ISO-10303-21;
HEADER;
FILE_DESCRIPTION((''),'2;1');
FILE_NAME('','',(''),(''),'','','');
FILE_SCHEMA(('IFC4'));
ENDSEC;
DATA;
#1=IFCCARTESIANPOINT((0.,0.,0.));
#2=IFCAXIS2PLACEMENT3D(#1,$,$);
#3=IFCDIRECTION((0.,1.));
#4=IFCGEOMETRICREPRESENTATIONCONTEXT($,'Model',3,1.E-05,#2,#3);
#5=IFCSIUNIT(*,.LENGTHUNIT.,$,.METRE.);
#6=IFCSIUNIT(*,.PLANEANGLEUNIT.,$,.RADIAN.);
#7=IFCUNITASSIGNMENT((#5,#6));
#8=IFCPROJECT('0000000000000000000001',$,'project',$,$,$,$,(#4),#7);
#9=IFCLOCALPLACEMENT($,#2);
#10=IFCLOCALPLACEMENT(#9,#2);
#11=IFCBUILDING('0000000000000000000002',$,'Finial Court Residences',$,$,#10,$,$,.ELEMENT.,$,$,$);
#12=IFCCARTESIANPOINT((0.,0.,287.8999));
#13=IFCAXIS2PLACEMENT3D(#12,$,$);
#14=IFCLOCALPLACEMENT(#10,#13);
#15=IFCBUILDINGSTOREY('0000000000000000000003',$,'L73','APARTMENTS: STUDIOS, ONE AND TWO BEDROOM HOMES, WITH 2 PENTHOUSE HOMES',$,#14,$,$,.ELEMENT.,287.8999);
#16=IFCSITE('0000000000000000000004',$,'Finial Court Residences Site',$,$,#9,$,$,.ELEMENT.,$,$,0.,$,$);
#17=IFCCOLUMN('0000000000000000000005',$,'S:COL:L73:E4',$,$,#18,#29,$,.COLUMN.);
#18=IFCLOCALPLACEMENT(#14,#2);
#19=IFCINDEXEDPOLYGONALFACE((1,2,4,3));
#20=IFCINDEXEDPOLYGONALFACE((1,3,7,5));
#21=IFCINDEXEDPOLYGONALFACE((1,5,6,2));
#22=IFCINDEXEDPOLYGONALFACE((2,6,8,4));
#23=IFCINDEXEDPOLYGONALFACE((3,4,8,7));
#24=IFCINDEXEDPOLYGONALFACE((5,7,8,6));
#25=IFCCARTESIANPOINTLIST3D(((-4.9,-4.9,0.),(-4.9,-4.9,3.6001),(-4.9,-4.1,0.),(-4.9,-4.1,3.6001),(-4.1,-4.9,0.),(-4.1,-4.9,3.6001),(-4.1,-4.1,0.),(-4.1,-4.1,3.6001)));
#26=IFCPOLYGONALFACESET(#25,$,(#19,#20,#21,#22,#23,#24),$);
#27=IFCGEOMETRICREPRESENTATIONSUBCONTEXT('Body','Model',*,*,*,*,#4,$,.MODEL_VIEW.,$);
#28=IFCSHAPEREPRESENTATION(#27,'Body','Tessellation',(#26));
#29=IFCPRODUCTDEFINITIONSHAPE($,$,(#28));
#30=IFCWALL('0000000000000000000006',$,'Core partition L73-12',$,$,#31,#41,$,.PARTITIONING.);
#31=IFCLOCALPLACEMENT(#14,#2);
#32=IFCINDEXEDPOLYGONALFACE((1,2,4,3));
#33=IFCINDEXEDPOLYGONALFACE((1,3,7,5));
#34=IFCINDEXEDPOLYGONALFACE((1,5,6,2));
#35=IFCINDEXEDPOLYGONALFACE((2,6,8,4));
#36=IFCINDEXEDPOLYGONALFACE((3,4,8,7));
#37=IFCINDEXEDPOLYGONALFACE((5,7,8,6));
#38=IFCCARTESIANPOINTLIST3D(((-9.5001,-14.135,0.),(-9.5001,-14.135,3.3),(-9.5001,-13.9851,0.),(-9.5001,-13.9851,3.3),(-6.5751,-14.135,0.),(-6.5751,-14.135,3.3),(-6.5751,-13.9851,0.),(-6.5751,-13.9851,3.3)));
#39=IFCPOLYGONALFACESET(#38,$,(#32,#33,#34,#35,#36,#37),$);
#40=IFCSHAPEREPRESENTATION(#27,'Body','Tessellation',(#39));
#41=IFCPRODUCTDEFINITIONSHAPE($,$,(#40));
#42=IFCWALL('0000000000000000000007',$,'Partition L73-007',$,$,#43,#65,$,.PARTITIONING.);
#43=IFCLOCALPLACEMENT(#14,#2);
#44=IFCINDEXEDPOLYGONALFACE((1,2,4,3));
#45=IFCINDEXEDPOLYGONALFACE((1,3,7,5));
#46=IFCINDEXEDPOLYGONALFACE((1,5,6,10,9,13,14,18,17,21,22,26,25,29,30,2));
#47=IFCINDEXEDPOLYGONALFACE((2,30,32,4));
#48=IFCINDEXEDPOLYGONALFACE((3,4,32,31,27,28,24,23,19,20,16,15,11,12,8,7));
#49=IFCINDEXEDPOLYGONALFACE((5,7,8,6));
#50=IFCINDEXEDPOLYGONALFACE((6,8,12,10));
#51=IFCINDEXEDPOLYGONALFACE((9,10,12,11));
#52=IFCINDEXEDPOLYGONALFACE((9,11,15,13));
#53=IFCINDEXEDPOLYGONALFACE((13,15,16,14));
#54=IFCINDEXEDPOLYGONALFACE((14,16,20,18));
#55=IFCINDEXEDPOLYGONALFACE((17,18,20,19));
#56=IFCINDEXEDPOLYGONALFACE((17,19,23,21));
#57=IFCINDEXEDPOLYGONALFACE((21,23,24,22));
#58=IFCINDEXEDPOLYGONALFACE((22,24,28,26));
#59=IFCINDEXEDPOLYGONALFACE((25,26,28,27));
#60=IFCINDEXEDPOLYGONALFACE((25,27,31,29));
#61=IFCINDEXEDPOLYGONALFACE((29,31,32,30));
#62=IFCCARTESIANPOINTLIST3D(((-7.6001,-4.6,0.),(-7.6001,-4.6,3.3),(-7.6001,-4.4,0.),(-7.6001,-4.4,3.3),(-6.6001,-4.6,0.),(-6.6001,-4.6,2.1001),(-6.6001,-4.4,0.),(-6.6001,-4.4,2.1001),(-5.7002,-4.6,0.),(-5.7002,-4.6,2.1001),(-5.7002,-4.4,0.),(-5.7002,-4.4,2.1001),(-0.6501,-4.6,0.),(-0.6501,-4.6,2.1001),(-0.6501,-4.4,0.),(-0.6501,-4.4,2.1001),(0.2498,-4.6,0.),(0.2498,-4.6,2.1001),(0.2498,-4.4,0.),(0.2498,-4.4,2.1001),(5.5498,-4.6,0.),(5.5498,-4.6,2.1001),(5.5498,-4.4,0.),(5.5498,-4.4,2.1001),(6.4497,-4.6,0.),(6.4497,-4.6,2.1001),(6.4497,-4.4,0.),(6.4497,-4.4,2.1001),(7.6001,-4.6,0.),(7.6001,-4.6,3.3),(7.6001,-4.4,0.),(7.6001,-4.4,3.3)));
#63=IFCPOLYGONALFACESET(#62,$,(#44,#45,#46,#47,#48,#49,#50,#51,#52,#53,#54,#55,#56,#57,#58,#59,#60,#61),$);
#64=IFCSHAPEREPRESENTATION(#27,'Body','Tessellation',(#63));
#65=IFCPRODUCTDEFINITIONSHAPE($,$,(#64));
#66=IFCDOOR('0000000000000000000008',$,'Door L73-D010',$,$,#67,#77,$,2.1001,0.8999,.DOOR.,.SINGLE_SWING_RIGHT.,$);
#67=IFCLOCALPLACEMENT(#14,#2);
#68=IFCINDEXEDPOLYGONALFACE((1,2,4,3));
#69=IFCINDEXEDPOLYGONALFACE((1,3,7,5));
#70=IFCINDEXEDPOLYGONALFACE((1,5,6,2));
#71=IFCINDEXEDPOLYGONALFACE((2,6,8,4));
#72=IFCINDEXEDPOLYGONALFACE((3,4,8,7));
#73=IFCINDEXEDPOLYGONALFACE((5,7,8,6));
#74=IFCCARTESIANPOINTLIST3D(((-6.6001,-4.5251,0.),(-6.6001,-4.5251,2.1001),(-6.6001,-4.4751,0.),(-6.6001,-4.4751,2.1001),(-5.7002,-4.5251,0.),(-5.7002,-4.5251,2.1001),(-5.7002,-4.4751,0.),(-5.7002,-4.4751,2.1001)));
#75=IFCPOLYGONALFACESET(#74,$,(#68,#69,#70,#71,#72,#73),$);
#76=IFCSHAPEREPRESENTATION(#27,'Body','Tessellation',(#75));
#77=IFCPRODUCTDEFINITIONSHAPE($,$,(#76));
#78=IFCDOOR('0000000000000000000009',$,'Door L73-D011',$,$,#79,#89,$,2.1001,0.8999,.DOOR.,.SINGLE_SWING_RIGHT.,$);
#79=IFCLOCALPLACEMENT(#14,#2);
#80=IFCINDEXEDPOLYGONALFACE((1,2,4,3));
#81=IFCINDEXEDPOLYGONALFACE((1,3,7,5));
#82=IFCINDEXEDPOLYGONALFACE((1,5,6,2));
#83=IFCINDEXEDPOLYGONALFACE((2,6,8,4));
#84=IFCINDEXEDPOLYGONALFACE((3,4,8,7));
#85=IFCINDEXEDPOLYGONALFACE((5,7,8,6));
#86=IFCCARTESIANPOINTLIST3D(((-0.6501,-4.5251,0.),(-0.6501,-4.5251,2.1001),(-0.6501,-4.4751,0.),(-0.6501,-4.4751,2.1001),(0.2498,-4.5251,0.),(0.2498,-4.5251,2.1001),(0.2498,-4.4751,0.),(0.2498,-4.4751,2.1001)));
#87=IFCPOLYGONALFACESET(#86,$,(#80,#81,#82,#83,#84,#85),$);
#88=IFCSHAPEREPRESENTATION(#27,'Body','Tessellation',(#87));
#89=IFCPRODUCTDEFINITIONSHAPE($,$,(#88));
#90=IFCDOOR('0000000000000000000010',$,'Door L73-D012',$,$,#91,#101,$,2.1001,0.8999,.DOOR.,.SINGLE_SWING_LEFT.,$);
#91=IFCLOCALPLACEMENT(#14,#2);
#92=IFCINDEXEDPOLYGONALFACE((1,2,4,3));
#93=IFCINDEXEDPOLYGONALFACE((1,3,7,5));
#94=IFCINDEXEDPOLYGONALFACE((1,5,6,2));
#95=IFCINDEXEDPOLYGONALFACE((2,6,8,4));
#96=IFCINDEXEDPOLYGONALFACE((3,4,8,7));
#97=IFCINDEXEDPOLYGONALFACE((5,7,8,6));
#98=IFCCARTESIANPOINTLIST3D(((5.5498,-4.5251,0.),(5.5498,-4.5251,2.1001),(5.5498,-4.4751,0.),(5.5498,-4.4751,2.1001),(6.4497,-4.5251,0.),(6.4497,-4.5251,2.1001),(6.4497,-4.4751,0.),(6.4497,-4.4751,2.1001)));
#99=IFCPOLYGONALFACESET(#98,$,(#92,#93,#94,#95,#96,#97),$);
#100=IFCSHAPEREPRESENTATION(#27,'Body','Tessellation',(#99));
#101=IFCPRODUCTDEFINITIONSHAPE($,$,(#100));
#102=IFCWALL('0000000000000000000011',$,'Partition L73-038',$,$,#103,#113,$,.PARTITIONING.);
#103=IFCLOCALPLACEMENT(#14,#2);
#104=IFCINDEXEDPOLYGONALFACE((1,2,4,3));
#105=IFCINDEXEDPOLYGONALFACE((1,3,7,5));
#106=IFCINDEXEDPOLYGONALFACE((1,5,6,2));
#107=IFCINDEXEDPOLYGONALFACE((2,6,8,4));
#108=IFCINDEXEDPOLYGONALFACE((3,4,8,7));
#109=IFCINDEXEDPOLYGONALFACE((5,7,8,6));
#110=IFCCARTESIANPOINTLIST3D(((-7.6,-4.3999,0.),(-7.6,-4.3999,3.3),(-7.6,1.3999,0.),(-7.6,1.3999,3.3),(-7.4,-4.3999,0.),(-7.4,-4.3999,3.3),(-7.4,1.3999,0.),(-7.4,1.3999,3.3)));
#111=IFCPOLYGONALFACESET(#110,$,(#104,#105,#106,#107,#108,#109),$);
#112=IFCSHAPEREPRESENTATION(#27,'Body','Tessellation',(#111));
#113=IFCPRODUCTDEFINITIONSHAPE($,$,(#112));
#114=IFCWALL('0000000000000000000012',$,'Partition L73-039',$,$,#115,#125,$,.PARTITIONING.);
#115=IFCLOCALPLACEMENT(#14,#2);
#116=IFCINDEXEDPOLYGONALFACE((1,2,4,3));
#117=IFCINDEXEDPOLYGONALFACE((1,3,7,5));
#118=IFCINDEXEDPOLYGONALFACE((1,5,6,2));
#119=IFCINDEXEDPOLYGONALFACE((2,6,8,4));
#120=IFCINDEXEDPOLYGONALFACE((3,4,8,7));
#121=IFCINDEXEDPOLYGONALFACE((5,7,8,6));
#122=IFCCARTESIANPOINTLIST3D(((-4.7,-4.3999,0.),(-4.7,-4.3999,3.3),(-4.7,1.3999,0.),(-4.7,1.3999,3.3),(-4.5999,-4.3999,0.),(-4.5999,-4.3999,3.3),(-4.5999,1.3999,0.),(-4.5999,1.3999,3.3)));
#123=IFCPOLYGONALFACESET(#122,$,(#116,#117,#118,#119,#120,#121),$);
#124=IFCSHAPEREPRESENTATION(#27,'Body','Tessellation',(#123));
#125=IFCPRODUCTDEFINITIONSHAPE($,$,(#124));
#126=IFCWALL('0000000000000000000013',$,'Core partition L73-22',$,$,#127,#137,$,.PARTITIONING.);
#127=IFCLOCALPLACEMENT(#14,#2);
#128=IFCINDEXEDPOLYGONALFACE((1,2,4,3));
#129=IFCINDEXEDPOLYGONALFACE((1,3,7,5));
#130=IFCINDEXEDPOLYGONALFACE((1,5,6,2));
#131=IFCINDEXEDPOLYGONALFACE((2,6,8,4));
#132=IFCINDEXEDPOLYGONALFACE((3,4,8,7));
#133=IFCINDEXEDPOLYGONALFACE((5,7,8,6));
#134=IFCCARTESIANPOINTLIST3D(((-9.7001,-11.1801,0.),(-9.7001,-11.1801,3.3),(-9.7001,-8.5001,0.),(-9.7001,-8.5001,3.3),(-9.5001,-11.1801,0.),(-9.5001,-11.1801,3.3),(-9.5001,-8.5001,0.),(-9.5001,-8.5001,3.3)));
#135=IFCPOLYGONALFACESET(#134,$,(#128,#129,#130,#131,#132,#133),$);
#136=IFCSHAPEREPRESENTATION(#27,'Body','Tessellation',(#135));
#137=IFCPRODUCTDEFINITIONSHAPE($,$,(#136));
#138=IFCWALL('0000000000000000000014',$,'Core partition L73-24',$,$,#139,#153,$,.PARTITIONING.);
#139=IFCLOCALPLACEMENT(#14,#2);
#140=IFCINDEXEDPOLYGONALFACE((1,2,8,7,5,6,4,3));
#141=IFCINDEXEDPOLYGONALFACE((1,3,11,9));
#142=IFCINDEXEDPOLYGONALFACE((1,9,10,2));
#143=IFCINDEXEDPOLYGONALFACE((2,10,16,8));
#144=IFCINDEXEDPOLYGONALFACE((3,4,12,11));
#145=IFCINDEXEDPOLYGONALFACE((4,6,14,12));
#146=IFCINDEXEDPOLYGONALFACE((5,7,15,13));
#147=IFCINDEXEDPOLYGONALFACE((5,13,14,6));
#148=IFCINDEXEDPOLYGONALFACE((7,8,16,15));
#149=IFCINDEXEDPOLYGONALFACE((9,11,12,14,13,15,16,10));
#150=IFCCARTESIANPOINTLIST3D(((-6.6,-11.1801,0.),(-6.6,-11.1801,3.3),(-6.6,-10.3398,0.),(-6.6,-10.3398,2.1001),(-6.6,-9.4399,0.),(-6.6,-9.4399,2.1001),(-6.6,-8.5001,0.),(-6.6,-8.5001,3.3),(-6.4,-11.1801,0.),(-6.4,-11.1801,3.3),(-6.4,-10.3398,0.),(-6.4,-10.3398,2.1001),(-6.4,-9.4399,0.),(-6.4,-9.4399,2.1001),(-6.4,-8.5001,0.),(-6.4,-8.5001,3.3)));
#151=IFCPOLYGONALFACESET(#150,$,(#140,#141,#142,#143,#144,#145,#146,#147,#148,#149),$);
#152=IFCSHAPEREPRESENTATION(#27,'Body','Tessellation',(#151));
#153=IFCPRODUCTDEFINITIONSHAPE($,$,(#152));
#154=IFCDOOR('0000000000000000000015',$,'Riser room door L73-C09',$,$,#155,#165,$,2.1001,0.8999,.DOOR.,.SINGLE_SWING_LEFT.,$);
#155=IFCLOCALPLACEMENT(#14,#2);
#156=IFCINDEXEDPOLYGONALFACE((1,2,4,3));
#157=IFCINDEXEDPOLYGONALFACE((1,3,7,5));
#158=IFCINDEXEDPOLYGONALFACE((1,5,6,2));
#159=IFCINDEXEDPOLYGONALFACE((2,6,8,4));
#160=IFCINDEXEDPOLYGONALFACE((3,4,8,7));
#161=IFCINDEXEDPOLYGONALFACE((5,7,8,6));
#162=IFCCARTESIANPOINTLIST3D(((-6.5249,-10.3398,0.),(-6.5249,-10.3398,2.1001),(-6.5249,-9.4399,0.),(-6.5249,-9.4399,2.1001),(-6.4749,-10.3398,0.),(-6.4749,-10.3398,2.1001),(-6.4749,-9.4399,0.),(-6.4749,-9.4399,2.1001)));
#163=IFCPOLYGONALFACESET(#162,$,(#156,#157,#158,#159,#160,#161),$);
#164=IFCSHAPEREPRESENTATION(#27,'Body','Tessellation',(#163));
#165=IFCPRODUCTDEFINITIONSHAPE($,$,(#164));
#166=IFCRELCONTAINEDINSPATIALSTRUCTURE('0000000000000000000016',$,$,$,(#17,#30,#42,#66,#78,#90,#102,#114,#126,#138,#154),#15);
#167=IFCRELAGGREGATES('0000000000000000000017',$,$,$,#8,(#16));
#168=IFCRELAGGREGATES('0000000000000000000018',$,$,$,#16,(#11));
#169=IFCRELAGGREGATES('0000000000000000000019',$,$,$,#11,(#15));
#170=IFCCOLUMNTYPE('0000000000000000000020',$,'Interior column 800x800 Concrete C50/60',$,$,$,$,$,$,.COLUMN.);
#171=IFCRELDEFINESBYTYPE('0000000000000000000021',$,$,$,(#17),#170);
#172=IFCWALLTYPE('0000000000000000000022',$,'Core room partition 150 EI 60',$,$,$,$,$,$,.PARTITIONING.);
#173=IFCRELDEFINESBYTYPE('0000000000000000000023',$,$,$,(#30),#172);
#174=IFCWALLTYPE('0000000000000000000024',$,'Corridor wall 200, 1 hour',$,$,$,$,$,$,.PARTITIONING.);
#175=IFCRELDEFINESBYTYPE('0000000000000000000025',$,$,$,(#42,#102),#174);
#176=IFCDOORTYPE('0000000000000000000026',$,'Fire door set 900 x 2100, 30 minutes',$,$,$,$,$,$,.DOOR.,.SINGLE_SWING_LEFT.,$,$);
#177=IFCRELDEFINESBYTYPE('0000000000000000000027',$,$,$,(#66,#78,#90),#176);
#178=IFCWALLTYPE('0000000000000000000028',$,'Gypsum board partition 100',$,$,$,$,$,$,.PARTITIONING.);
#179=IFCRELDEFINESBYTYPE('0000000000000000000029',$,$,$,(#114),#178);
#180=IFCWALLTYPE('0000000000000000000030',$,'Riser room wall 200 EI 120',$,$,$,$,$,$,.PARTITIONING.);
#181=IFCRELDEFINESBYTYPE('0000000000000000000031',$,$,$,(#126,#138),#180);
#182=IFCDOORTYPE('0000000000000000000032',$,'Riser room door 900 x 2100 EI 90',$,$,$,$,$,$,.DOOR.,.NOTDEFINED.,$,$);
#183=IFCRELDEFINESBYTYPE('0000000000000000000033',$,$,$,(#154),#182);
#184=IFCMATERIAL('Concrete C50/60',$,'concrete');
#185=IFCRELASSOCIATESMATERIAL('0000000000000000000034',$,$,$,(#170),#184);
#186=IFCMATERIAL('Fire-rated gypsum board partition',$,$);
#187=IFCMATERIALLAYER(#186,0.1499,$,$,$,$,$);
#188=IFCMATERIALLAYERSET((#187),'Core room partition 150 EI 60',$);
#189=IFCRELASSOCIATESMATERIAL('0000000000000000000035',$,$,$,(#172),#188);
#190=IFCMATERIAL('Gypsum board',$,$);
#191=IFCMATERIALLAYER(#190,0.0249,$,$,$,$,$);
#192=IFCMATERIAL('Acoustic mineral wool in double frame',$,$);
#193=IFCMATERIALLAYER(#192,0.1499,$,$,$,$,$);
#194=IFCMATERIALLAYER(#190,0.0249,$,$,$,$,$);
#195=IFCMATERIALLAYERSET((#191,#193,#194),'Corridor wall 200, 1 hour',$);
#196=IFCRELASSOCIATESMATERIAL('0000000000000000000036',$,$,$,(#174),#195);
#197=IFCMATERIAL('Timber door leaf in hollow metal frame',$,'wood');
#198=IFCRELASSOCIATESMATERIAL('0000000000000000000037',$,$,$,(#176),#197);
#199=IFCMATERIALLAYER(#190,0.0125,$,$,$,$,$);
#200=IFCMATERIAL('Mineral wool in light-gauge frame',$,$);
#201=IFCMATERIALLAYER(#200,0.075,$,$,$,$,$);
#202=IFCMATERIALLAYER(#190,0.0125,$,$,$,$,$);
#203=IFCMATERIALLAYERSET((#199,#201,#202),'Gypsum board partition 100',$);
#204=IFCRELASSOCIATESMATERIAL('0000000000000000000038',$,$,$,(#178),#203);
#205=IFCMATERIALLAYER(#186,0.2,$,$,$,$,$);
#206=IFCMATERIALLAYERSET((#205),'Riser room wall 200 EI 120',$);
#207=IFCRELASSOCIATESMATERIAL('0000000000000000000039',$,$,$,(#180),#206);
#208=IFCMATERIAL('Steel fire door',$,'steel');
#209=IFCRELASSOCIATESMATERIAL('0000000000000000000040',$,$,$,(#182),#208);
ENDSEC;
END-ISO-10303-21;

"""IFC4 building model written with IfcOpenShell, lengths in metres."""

from ifc_helpers import new_model, si_unit, direction, frame, frame_2d, origin, origin_2d, place, context, subcontext, project, spatial, rectangle, extrude, material, layer, layer_set, material_profile, profile_set, type_object, element, fill, save


model = new_model("IFC4")

# Units and contexts
model_context = context("Model", 3, precision=1e-05, world=origin(), true_north=direction((0.0, 1.0)))
body_context = subcontext(model_context, "Body", "Model", "MODEL_VIEW")
ifc_project = project(units=[si_unit("LENGTHUNIT", "METRE"), si_unit("PLANEANGLEUNIT", "RADIAN")], contexts=[model_context])

# Site, building, storey
site_placement = place(None, origin())
site = spatial("IfcSite", under=ifc_project, at=site_placement, Name="Finial Court Residences Site", CompositionType="ELEMENT", RefElevation=0.0)
building_placement = place(site_placement, origin())
building = spatial("IfcBuilding", under=site, at=building_placement, Name="Finial Court Residences", CompositionType="ELEMENT")
storey_placement = place(building_placement, frame((0.0, 0.0, 287.8999)))
storey = spatial("IfcBuildingStorey", under=building, at=storey_placement, Name="L73", Description="APARTMENTS: STUDIOS, ONE AND TWO BEDROOM HOMES, WITH 2 PENTHOUSE HOMES", CompositionType="ELEMENT", Elevation=287.8999)

# Column
ifc_material_1 = material(Name="Concrete C50/60", Category="concrete")
ifc_material_profile = material_profile(ifc_material_1, rectangle(XDim=0.8, YDim=0.8, at=origin_2d()), Name="800x800")
ifc_profile_set = profile_set([ifc_material_profile], Name="Concrete C50/60")
column_type = type_object("IfcColumnType", Name="Interior column 800x800 Concrete C50/60", PredefinedType="COLUMN", material=ifc_profile_set)
column_placement = place(storey_placement, frame((-4.5, -4.5, 0.0), z_axis=(0.0, 0.0, 1.0), x_axis=(1.0, 0.0, 0.0)))
element("IfcColumn", 1, at=column_placement, inside=storey, type_object=column_type, Name="S:COL:L73:E4", PredefinedType="COLUMN", context=body_context, shape_type="SweptSolid", body=[
    extrude(rectangle(XDim=0.8, YDim=0.8, at=origin_2d()), origin(), (0.0, 0.0, 1.0), 3.6001),
])

# Wall
ifc_material_2 = material(Name="Fire-rated gypsum board partition")
ifc_layer_1 = layer(ifc_material_2, 0.1499)
ifc_layer_set_1 = layer_set([ifc_layer_1], Name="Core room partition 150 EI 60")
wall_type_1 = type_object("IfcWallType", Name="Core room partition 150 EI 60", PredefinedType="PARTITIONING", material=ifc_layer_set_1)
wall_1_placement = place(storey_placement, frame((-9.5, -14.0601, 0.0), z_axis=(0.0, 0.0, 1.0), x_axis=(1.0, 0.0, 0.0)))
element("IfcWall", 2, at=wall_1_placement, inside=storey, type_object=wall_type_1, Name="Core partition L73-12", PredefinedType="PARTITIONING", context=body_context, shape_type="SweptSolid", body=[
    extrude(rectangle(XDim=2.925, YDim=0.1499, at=frame_2d((1.4624, 0.0))), origin(), (0.0, 0.0, 1.0), 3.3),
])

# Wall, openings, doors
ifc_material_3 = material(Name="Gypsum board")
ifc_layer_2 = layer(ifc_material_3, 0.0249)
ifc_material_4 = material(Name="Acoustic mineral wool in double frame")
ifc_layer_3 = layer(ifc_material_4, 0.1499)
ifc_layer_4 = layer(ifc_material_3, 0.0249)
ifc_layer_set_2 = layer_set([ifc_layer_2, ifc_layer_3, ifc_layer_4], Name="Corridor wall 200, 1 hour")
wall_type_2 = type_object("IfcWallType", Name="Corridor wall 200, 1 hour", PredefinedType="PARTITIONING", material=ifc_layer_set_2)
wall_2_placement = place(storey_placement, frame((-7.6001, -4.5, 0.0), z_axis=(0.0, 0.0, 1.0), x_axis=(1.0, 0.0, 0.0)))
wall_2 = element("IfcWall", 3, at=wall_2_placement, inside=storey, type_object=wall_type_2, Name="Partition L73-007", PredefinedType="PARTITIONING", context=body_context, shape_type="SweptSolid", body=[
    extrude(rectangle(XDim=15.2002, YDim=0.2, at=frame_2d((7.6001, 0.0))), origin(), (0.0, 0.0, 1.0), 3.3),
])
opening_1_placement = place(wall_2_placement, frame((1.0, 0.0, 0.0)))
opening_1 = element("IfcOpeningElement", 4, at=opening_1_placement, cuts=wall_2, PredefinedType="OPENING", context=body_context, shape_type="SweptSolid", body=[
    extrude(rectangle(XDim=0.8999, YDim=2.1001, at=frame_2d((0.45, 1.05))), frame((0.0, 0.1099, 0.0), z_axis=(0.0, -1.0, 0.0), x_axis=(1.0, 0.0, 0.0)), (0.0, 0.0, 1.0), 0.22),
])
opening_2_placement = place(wall_2_placement, frame((6.95, 0.0, 0.0)))
opening_2 = element("IfcOpeningElement", 5, at=opening_2_placement, cuts=wall_2, PredefinedType="OPENING", context=body_context, shape_type="SweptSolid", body=[
    extrude(rectangle(XDim=0.8999, YDim=2.1001, at=frame_2d((0.45, 1.05))), frame((0.0, 0.1099, 0.0), z_axis=(0.0, -1.0, 0.0), x_axis=(1.0, 0.0, 0.0)), (0.0, 0.0, 1.0), 0.22),
])
opening_3_placement = place(wall_2_placement, frame((13.1499, 0.0, 0.0)))
opening_3 = element("IfcOpeningElement", 6, at=opening_3_placement, cuts=wall_2, PredefinedType="OPENING", context=body_context, shape_type="SweptSolid", body=[
    extrude(rectangle(XDim=0.8999, YDim=2.1001, at=frame_2d((0.45, 1.05))), frame((0.0, 0.1099, 0.0), z_axis=(0.0, -1.0, 0.0), x_axis=(1.0, 0.0, 0.0)), (0.0, 0.0, 1.0), 0.22),
])
ifc_material_5 = material(Name="Timber door leaf in hollow metal frame", Category="wood")
door_type_1 = type_object("IfcDoorType", Name="Fire door set 900 x 2100, 30 minutes", OperationType="SINGLE_SWING_LEFT", PredefinedType="DOOR", material=ifc_material_5)
door_1_placement = place(opening_1_placement, origin())
door_1 = element("IfcDoor", 7, at=door_1_placement, inside=storey, type_object=door_type_1, Name="Door L73-D010", OperationType="SINGLE_SWING_RIGHT", OverallHeight=2.1001, OverallWidth=0.8999, PredefinedType="DOOR", context=body_context, shape_type="SweptSolid", body=[
    extrude(rectangle(XDim=0.8999, YDim=2.1001, at=frame_2d((0.45, 1.05))), frame((0.0, 0.0249, 0.0), z_axis=(0.0, -1.0, 0.0), x_axis=(1.0, 0.0, 0.0)), (0.0, 0.0, 1.0), 0.05),
])
fill(opening_1, door_1)
door_2_placement = place(opening_2_placement, origin())
door_2 = element("IfcDoor", 8, at=door_2_placement, inside=storey, type_object=door_type_1, Name="Door L73-D011", OperationType="SINGLE_SWING_RIGHT", OverallHeight=2.1001, OverallWidth=0.8999, PredefinedType="DOOR", context=body_context, shape_type="SweptSolid", body=[
    extrude(rectangle(XDim=0.8999, YDim=2.1001, at=frame_2d((0.45, 1.05))), frame((0.0, 0.0249, 0.0), z_axis=(0.0, -1.0, 0.0), x_axis=(1.0, 0.0, 0.0)), (0.0, 0.0, 1.0), 0.05),
])
fill(opening_2, door_2)
door_3_placement = place(opening_3_placement, origin())
door_3 = element("IfcDoor", 9, at=door_3_placement, inside=storey, type_object=door_type_1, Name="Door L73-D012", OperationType="SINGLE_SWING_LEFT", OverallHeight=2.1001, OverallWidth=0.8999, PredefinedType="DOOR", context=body_context, shape_type="SweptSolid", body=[
    extrude(rectangle(XDim=0.8999, YDim=2.1001, at=frame_2d((0.45, 1.05))), frame((0.0, 0.0249, 0.0), z_axis=(0.0, -1.0, 0.0), x_axis=(1.0, 0.0, 0.0)), (0.0, 0.0, 1.0), 0.05),
])
fill(opening_3, door_3)

# Walls
wall_3_placement = place(storey_placement, frame((-7.5, -4.3999, 0.0), z_axis=(0.0, 0.0, 1.0), x_axis=(0.0, 1.0, 0.0)))
element("IfcWall", 10, at=wall_3_placement, inside=storey, type_object=wall_type_2, Name="Partition L73-038", PredefinedType="PARTITIONING", context=body_context, shape_type="SweptSolid", body=[
    extrude(rectangle(XDim=5.7998, YDim=0.2, at=frame_2d((2.8999, 0.0))), origin(), (0.0, 0.0, 1.0), 3.3),
])
ifc_layer_5 = layer(ifc_material_3, 0.0125)
ifc_material_6 = material(Name="Mineral wool in light-gauge frame")
ifc_layer_6 = layer(ifc_material_6, 0.075)
ifc_layer_7 = layer(ifc_material_3, 0.0125)
ifc_layer_set_3 = layer_set([ifc_layer_5, ifc_layer_6, ifc_layer_7], Name="Gypsum board partition 100")
wall_type_3 = type_object("IfcWallType", Name="Gypsum board partition 100", PredefinedType="PARTITIONING", material=ifc_layer_set_3)
wall_4_placement = place(storey_placement, frame((-4.6499, -4.3999, 0.0), z_axis=(0.0, 0.0, 1.0), x_axis=(0.0, 1.0, 0.0)))
element("IfcWall", 11, at=wall_4_placement, inside=storey, type_object=wall_type_3, Name="Partition L73-039", PredefinedType="PARTITIONING", context=body_context, shape_type="SweptSolid", body=[
    extrude(rectangle(XDim=5.7998, YDim=0.1001, at=frame_2d((2.8999, 0.0))), origin(), (0.0, 0.0, 1.0), 3.3),
])
ifc_layer_8 = layer(ifc_material_2, 0.2)
ifc_layer_set_4 = layer_set([ifc_layer_8], Name="Riser room wall 200 EI 120")
wall_type_4 = type_object("IfcWallType", Name="Riser room wall 200 EI 120", PredefinedType="PARTITIONING", material=ifc_layer_set_4)
wall_5_placement = place(storey_placement, frame((-9.6001, -11.1799, 0.0), z_axis=(0.0, 0.0, 1.0), x_axis=(0.0, 1.0, 0.0)))
element("IfcWall", 12, at=wall_5_placement, inside=storey, type_object=wall_type_4, Name="Core partition L73-22", PredefinedType="PARTITIONING", context=body_context, shape_type="SweptSolid", body=[
    extrude(rectangle(XDim=2.6799, YDim=0.2, at=frame_2d((1.3398, 0.0))), origin(), (0.0, 0.0, 1.0), 3.3),
])

# Wall, opening, door
wall_6_placement = place(storey_placement, frame((-6.5, -11.1799, 0.0), z_axis=(0.0, 0.0, 1.0), x_axis=(0.0, 1.0, 0.0)))
wall_6 = element("IfcWall", 13, at=wall_6_placement, inside=storey, type_object=wall_type_4, Name="Core partition L73-24", PredefinedType="PARTITIONING", context=body_context, shape_type="SweptSolid", body=[
    extrude(rectangle(XDim=2.6799, YDim=0.2, at=frame_2d((1.3398, 0.0))), origin(), (0.0, 0.0, 1.0), 3.3),
])
opening_4_placement = place(wall_6_placement, frame((0.8401, 0.0, 0.0)))
opening_4 = element("IfcOpeningElement", 14, at=opening_4_placement, cuts=wall_6, PredefinedType="OPENING", context=body_context, shape_type="SweptSolid", body=[
    extrude(rectangle(XDim=0.8999, YDim=2.1001, at=frame_2d((0.45, 1.05))), frame((0.0, 0.1099, 0.0), z_axis=(0.0, -1.0, 0.0), x_axis=(1.0, 0.0, 0.0)), (0.0, 0.0, 1.0), 0.22),
])
ifc_material_7 = material(Name="Steel fire door", Category="steel")
door_type_2 = type_object("IfcDoorType", Name="Riser room door 900 x 2100 EI 90", OperationType="NOTDEFINED", PredefinedType="DOOR", material=ifc_material_7)
door_4_placement = place(opening_4_placement, origin())
door_4 = element("IfcDoor", 15, at=door_4_placement, inside=storey, type_object=door_type_2, Name="Riser room door L73-C09", OperationType="SINGLE_SWING_LEFT", OverallHeight=2.1001, OverallWidth=0.8999, PredefinedType="DOOR", context=body_context, shape_type="SweptSolid", body=[
    extrude(rectangle(XDim=0.8999, YDim=2.1001, at=frame_2d((0.45, 1.05))), frame((0.0, 0.0249, 0.0), z_axis=(0.0, -1.0, 0.0), x_axis=(1.0, 0.0, 0.0)), (0.0, 0.0, 1.0), 0.05),
])
fill(opening_4, door_4)

save(model, "model.ifc")
